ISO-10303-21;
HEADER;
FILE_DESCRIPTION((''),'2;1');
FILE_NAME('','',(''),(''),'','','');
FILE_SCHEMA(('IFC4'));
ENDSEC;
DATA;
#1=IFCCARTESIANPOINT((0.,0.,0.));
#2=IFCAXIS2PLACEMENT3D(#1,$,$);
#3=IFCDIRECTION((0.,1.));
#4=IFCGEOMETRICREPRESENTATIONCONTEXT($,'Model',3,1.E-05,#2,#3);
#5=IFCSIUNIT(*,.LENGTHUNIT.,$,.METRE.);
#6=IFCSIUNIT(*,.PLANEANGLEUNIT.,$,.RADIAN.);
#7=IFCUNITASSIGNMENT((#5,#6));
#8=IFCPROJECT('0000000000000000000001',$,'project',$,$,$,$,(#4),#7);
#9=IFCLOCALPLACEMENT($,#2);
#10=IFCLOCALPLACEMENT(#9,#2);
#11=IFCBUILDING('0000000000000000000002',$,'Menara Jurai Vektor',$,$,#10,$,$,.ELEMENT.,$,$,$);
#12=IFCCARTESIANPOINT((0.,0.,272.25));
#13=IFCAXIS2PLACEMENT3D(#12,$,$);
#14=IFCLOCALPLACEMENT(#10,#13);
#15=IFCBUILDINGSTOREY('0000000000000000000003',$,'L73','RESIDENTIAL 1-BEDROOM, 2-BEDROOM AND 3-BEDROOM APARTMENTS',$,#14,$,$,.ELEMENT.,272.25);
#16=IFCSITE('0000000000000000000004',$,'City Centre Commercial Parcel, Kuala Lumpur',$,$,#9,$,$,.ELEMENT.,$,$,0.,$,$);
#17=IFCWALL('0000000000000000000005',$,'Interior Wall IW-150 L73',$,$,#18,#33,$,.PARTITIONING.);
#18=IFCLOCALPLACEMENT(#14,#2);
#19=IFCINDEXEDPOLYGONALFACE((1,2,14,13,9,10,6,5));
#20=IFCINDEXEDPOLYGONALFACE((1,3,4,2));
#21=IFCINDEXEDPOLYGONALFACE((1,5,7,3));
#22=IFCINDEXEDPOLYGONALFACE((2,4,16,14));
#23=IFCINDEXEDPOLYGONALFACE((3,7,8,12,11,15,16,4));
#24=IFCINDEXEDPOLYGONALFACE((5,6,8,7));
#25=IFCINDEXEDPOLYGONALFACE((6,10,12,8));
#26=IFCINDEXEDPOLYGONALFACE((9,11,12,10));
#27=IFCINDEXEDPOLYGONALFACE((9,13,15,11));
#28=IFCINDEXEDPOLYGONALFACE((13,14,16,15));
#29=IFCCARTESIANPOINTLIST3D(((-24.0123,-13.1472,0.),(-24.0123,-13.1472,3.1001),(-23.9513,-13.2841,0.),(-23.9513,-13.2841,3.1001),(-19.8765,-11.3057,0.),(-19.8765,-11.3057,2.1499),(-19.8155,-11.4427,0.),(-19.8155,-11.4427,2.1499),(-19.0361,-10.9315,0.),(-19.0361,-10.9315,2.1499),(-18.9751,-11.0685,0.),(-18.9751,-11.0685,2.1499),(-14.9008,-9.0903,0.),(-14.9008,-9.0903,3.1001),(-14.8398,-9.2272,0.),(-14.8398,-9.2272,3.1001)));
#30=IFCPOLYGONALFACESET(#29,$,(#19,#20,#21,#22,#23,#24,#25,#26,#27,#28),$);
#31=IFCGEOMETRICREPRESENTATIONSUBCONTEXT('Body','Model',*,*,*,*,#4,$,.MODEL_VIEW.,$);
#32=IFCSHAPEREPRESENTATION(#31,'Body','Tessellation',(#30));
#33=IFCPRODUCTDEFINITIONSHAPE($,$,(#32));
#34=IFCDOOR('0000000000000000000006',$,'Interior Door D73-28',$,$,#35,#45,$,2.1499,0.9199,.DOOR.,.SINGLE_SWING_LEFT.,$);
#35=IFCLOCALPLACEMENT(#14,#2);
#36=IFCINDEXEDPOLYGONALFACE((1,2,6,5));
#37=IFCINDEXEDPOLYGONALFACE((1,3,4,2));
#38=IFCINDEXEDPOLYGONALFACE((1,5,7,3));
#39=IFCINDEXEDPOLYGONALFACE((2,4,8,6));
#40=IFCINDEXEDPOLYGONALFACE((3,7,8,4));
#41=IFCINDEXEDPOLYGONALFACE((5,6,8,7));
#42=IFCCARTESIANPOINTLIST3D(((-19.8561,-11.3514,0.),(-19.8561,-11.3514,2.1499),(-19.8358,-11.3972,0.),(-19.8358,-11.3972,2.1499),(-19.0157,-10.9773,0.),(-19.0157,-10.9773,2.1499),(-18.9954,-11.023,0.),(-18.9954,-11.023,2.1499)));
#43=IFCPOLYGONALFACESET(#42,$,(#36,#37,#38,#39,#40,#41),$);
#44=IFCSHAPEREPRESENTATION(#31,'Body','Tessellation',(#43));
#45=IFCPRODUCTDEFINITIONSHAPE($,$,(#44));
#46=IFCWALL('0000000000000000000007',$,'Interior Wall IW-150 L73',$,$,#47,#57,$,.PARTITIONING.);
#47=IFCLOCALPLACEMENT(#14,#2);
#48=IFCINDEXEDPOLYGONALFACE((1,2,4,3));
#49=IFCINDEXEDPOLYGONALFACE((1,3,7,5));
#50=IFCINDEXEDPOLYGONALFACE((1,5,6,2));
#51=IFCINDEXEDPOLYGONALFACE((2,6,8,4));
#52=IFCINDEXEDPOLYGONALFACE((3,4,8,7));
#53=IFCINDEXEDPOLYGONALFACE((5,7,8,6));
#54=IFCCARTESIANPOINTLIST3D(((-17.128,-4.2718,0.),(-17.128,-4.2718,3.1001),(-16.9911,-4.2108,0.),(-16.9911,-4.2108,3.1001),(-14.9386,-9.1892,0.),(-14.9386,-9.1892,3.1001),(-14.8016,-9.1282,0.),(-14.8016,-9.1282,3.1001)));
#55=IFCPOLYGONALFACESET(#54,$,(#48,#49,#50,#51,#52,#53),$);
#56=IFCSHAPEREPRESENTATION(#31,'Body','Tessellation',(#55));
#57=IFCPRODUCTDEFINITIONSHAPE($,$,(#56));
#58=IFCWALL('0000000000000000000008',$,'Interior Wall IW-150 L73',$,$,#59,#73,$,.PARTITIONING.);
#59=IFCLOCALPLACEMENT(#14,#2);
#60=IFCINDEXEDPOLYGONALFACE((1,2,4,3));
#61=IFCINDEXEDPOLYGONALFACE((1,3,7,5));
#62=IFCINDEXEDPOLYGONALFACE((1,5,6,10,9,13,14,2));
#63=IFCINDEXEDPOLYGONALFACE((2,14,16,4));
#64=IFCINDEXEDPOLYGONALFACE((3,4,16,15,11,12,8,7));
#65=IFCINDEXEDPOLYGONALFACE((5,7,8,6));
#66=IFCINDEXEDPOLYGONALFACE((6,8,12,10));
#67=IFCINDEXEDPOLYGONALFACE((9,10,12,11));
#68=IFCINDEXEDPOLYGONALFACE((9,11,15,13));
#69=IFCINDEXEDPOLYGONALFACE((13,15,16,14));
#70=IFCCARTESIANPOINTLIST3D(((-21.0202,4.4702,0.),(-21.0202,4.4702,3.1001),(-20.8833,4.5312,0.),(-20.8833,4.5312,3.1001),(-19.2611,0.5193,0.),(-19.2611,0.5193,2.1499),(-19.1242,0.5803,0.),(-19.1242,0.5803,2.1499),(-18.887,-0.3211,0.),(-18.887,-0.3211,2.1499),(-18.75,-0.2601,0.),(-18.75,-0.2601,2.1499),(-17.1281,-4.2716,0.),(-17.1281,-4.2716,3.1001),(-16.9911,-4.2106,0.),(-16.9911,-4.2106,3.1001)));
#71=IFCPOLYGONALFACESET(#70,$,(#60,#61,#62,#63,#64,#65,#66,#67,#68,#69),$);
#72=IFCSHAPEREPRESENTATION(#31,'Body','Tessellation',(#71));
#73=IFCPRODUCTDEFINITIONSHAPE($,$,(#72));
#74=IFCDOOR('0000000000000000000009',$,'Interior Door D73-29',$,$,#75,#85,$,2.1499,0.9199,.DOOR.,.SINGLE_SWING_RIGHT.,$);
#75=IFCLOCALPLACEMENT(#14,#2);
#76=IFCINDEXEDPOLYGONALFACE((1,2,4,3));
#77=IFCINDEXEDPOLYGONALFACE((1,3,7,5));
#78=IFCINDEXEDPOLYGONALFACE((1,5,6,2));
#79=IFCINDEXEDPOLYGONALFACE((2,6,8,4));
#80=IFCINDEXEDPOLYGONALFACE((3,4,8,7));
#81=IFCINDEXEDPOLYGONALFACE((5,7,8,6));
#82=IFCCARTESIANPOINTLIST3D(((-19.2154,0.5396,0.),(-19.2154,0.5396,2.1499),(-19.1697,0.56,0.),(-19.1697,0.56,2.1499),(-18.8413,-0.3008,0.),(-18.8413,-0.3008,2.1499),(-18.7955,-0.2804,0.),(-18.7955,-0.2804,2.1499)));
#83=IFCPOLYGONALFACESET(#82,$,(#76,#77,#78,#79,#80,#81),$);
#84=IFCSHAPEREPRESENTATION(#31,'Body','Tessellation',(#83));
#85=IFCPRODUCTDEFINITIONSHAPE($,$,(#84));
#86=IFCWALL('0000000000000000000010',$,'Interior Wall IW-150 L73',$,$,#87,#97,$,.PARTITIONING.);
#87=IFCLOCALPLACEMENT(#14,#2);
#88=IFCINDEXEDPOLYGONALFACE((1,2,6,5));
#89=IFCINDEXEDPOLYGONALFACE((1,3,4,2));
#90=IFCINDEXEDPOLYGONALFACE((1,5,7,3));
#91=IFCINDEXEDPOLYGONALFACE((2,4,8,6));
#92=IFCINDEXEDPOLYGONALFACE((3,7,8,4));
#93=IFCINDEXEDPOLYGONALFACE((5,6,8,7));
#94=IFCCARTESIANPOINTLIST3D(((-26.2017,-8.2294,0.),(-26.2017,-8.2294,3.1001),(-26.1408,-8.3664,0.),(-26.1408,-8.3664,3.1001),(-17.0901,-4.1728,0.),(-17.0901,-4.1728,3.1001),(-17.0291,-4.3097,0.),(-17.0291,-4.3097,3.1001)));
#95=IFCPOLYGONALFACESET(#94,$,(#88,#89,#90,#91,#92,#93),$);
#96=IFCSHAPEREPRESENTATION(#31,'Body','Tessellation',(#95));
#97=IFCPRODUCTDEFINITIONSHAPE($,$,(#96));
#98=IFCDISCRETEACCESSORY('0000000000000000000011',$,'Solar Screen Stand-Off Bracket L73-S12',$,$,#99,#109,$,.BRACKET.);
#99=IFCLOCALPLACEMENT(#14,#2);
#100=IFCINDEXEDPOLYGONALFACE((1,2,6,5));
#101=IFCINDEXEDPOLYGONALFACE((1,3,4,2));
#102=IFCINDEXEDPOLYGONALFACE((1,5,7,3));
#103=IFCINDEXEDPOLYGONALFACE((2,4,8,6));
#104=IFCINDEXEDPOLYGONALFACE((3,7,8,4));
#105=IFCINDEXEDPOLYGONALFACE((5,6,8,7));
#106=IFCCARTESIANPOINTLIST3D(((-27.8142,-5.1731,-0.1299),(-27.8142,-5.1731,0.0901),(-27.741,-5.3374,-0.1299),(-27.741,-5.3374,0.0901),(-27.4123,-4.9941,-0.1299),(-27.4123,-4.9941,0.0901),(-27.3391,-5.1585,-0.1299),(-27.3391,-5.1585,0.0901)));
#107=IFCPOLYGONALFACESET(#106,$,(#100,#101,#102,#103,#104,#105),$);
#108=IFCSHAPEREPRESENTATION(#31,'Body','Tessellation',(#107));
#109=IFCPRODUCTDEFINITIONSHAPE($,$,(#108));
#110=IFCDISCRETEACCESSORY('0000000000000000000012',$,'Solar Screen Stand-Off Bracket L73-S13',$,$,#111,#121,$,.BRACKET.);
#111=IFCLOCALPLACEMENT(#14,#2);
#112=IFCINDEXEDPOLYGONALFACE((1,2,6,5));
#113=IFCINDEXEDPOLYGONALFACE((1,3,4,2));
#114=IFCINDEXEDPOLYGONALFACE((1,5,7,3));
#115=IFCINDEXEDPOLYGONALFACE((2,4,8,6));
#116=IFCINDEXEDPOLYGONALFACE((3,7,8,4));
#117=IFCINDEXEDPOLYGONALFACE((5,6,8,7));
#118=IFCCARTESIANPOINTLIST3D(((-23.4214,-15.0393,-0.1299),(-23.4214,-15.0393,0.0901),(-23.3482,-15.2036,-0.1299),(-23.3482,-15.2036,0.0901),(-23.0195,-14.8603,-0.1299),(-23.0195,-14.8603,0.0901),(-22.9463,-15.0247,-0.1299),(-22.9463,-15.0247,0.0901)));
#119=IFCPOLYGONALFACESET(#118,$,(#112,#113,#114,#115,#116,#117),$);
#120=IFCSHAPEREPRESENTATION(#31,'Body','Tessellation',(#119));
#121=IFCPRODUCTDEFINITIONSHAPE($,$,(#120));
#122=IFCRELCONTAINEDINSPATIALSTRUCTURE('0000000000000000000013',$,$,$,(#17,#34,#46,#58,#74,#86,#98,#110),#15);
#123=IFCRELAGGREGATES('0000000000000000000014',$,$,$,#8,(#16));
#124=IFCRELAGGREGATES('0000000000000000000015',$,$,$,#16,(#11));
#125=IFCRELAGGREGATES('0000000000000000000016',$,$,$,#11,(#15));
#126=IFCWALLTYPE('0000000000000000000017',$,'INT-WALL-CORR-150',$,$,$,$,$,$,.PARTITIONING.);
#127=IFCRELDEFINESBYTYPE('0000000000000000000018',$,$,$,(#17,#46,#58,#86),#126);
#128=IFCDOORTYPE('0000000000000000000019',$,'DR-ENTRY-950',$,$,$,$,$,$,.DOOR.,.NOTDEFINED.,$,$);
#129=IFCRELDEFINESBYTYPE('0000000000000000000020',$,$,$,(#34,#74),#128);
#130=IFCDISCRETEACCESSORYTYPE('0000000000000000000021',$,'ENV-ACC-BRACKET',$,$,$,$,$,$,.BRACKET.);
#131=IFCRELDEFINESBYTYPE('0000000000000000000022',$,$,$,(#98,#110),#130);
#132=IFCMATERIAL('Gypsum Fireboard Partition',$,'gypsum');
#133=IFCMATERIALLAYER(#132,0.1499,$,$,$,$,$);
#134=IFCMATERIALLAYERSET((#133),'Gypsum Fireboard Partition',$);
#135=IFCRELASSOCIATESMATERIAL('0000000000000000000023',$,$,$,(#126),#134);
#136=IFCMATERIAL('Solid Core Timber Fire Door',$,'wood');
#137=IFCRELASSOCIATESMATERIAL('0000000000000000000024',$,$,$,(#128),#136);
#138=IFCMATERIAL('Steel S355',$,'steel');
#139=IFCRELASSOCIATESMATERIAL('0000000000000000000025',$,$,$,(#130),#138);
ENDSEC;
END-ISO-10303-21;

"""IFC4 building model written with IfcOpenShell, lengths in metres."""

from ifc_helpers import new_model, si_unit, direction, frame, frame_2d, origin, origin_2d, place, context, subcontext, project, spatial, rectangle, extrude, material, layer, layer_set, type_object, element, fill, save


model = new_model("IFC4")

# Units and contexts
model_context = context("Model", 3, precision=1e-05, world=origin(), true_north=direction((0.0, 1.0)))
body_context = subcontext(model_context, "Body", "Model", "MODEL_VIEW")
ifc_project = project(units=[si_unit("LENGTHUNIT", "METRE"), si_unit("PLANEANGLEUNIT", "RADIAN")], contexts=[model_context])

# Site, building, storey
site_placement = place(None, origin())
site = spatial("IfcSite", under=ifc_project, at=site_placement, Name="City Centre Commercial Parcel, Kuala Lumpur", CompositionType="ELEMENT", RefElevation=0.0)
building_placement = place(site_placement, origin())
building = spatial("IfcBuilding", under=site, at=building_placement, Name="Menara Jurai Vektor", CompositionType="ELEMENT")
storey_placement = place(building_placement, frame((0.0, 0.0, 272.25)))
storey = spatial("IfcBuildingStorey", under=building, at=storey_placement, Name="L73", Description="RESIDENTIAL 1-BEDROOM, 2-BEDROOM AND 3-BEDROOM APARTMENTS", CompositionType="ELEMENT", Elevation=272.25)

# Shared definitions
ifc_material_1 = material(Name="Steel S355", Category="steel")

# Shared definitions
ifc_material_2 = material(Name="Gypsum Fireboard Partition", Category="gypsum")
ifc_layer_1 = layer(ifc_material_2, 0.1499)
ifc_layer_set_1 = layer_set([ifc_layer_1], Name="Gypsum Fireboard Partition")
wall_type = type_object("IfcWallType", Name="INT-WALL-CORR-150", PredefinedType="PARTITIONING", material=ifc_layer_set_1)
ifc_material_3 = material(Name="Solid Core Timber Fire Door", Category="wood")
door_type = type_object("IfcDoorType", Name="DR-ENTRY-950", OperationType="NOTDEFINED", PredefinedType="DOOR", material=ifc_material_3)

# Wall, opening, door
wall_1_placement = place(storey_placement, frame((-23.9817, -13.2156, 0.0), z_axis=(0.0, 0.0, 1.0), x_axis=(0.91354, 0.406749, 0.0)))
wall_1 = element("IfcWall", 1, at=wall_1_placement, inside=storey, type_object=wall_type, Name="Interior Wall IW-150 L73", PredefinedType="PARTITIONING", context=body_context, shape_type="SweptSolid", body=[
    extrude(rectangle(XDim=9.9739, YDim=0.1499, at=frame_2d((4.9868, 0.0))), origin(), (0.0, 0.0, 1.0), 3.1001),
])
opening_1_placement = place(wall_1_placement, frame((4.5271, 0.0, 0.0)))
opening_1 = element("IfcOpeningElement", 2, at=opening_1_placement, cuts=wall_1, PredefinedType="OPENING", context=body_context, shape_type="SweptSolid", body=[
    extrude(rectangle(XDim=0.9199, YDim=2.1499, at=frame_2d((0.46, 1.075))), frame((0.0, 0.085, 0.0), z_axis=(0.0, -1.0, 0.0), x_axis=(1.0, 0.0, 0.0)), (0.0, 0.0, 1.0), 0.1699),
])
door_1_placement = place(opening_1_placement, origin())
door_1 = element("IfcDoor", 3, at=door_1_placement, inside=storey, type_object=door_type, Name="Interior Door D73-28", OperationType="SINGLE_SWING_LEFT", OverallHeight=2.1499, OverallWidth=0.9199, PredefinedType="DOOR", context=body_context, shape_type="SweptSolid", body=[
    extrude(rectangle(XDim=0.9199, YDim=2.1499, at=frame_2d((0.46, 1.075))), frame((0.0, 0.0249, 0.0), z_axis=(0.0, -1.0, 0.0), x_axis=(1.0, 0.0, 0.0)), (0.0, 0.0, 1.0), 0.05),
])
fill(opening_1, door_1)

# Wall
wall_2_placement = place(storey_placement, frame((-14.8701, -9.1587, 0.0), z_axis=(0.0, 0.0, 1.0), x_axis=(-0.406744, 0.913542, 0.0)))
element("IfcWall", 4, at=wall_2_placement, inside=storey, type_object=wall_type, Name="Interior Wall IW-150 L73", PredefinedType="PARTITIONING", context=body_context, shape_type="SweptSolid", body=[
    extrude(rectangle(XDim=5.3828, YDim=0.1499, at=frame_2d((2.6914, 0.0))), origin(), (0.0, 0.0, 1.0), 3.1001),
])

# Wall, opening, door
wall_3_placement = place(storey_placement, frame((-17.0596, -4.2412, 0.0), z_axis=(0.0, 0.0, 1.0), x_axis=(-0.40674, 0.913544, 0.0)))
wall_3 = element("IfcWall", 5, at=wall_3_placement, inside=storey, type_object=wall_type, Name="Interior Wall IW-150 L73", PredefinedType="PARTITIONING", context=body_context, shape_type="SweptSolid", body=[
    extrude(rectangle(XDim=9.5691, YDim=0.1499, at=frame_2d((4.7847, 0.0))), origin(), (0.0, 0.0, 1.0), 3.1001),
])
opening_2_placement = place(wall_3_placement, frame((4.3245, 0.0, 0.0)))
opening_2 = element("IfcOpeningElement", 6, at=opening_2_placement, cuts=wall_3, PredefinedType="OPENING", context=body_context, shape_type="SweptSolid", body=[
    extrude(rectangle(XDim=0.9199, YDim=2.1499, at=frame_2d((0.46, 1.075))), frame((0.0, 0.085, 0.0), z_axis=(0.0, -1.0, 0.0), x_axis=(1.0, 0.0, 0.0)), (0.0, 0.0, 1.0), 0.1699),
])
door_2_placement = place(opening_2_placement, origin())
door_2 = element("IfcDoor", 7, at=door_2_placement, inside=storey, type_object=door_type, Name="Interior Door D73-29", OperationType="SINGLE_SWING_RIGHT", OverallHeight=2.1499, OverallWidth=0.9199, PredefinedType="DOOR", context=body_context, shape_type="SweptSolid", body=[
    extrude(rectangle(XDim=0.9199, YDim=2.1499, at=frame_2d((0.46, 1.075))), frame((0.0, 0.0249, 0.0), z_axis=(0.0, -1.0, 0.0), x_axis=(1.0, 0.0, 0.0)), (0.0, 0.0, 1.0), 0.05),
])
fill(opening_2, door_2)

# Wall
wall_4_placement = place(storey_placement, frame((-26.1711, -8.2979, 0.0), z_axis=(0.0, 0.0, 1.0), x_axis=(0.913549, 0.406729, 0.0)))
element("IfcWall", 8, at=wall_4_placement, inside=storey, type_object=wall_type, Name="Interior Wall IW-150 L73", PredefinedType="PARTITIONING", context=body_context, shape_type="SweptSolid", body=[
    extrude(rectangle(XDim=9.9739, YDim=0.1499, at=frame_2d((4.9868, 0.0))), origin(), (0.0, 0.0, 1.0), 3.1001),
])

# Discrete accessories
discrete_accessory_type = type_object("IfcDiscreteAccessoryType", Name="ENV-ACC-BRACKET", PredefinedType="BRACKET", material=ifc_material_1)
for number, where, z_axis, x_axis, name in (
    (9, (-27.5767, -5.1658, -0.1299), (0.0, 0.0, 1.0), (0.406737, -0.913545, 0.0), "Solar Screen Stand-Off Bracket L73-S12"),
    (10, (-23.1838, -15.032, -0.1299), (0.0, 0.0, 1.0), (0.406737, -0.913545, 0.0), "Solar Screen Stand-Off Bracket L73-S13"),
):
    element("IfcDiscreteAccessory", number, at=place(storey_placement, frame(where, z_axis=z_axis, x_axis=x_axis)), inside=storey, type_object=discrete_accessory_type, Name=name, PredefinedType="BRACKET", context=body_context, shape_type="SweptSolid", body=[
        extrude(rectangle(XDim=0.1799, YDim=0.4399, at=origin_2d()), origin(), (0.0, 0.0, 1.0), 0.22),
    ])

save(model, "model.ifc")
